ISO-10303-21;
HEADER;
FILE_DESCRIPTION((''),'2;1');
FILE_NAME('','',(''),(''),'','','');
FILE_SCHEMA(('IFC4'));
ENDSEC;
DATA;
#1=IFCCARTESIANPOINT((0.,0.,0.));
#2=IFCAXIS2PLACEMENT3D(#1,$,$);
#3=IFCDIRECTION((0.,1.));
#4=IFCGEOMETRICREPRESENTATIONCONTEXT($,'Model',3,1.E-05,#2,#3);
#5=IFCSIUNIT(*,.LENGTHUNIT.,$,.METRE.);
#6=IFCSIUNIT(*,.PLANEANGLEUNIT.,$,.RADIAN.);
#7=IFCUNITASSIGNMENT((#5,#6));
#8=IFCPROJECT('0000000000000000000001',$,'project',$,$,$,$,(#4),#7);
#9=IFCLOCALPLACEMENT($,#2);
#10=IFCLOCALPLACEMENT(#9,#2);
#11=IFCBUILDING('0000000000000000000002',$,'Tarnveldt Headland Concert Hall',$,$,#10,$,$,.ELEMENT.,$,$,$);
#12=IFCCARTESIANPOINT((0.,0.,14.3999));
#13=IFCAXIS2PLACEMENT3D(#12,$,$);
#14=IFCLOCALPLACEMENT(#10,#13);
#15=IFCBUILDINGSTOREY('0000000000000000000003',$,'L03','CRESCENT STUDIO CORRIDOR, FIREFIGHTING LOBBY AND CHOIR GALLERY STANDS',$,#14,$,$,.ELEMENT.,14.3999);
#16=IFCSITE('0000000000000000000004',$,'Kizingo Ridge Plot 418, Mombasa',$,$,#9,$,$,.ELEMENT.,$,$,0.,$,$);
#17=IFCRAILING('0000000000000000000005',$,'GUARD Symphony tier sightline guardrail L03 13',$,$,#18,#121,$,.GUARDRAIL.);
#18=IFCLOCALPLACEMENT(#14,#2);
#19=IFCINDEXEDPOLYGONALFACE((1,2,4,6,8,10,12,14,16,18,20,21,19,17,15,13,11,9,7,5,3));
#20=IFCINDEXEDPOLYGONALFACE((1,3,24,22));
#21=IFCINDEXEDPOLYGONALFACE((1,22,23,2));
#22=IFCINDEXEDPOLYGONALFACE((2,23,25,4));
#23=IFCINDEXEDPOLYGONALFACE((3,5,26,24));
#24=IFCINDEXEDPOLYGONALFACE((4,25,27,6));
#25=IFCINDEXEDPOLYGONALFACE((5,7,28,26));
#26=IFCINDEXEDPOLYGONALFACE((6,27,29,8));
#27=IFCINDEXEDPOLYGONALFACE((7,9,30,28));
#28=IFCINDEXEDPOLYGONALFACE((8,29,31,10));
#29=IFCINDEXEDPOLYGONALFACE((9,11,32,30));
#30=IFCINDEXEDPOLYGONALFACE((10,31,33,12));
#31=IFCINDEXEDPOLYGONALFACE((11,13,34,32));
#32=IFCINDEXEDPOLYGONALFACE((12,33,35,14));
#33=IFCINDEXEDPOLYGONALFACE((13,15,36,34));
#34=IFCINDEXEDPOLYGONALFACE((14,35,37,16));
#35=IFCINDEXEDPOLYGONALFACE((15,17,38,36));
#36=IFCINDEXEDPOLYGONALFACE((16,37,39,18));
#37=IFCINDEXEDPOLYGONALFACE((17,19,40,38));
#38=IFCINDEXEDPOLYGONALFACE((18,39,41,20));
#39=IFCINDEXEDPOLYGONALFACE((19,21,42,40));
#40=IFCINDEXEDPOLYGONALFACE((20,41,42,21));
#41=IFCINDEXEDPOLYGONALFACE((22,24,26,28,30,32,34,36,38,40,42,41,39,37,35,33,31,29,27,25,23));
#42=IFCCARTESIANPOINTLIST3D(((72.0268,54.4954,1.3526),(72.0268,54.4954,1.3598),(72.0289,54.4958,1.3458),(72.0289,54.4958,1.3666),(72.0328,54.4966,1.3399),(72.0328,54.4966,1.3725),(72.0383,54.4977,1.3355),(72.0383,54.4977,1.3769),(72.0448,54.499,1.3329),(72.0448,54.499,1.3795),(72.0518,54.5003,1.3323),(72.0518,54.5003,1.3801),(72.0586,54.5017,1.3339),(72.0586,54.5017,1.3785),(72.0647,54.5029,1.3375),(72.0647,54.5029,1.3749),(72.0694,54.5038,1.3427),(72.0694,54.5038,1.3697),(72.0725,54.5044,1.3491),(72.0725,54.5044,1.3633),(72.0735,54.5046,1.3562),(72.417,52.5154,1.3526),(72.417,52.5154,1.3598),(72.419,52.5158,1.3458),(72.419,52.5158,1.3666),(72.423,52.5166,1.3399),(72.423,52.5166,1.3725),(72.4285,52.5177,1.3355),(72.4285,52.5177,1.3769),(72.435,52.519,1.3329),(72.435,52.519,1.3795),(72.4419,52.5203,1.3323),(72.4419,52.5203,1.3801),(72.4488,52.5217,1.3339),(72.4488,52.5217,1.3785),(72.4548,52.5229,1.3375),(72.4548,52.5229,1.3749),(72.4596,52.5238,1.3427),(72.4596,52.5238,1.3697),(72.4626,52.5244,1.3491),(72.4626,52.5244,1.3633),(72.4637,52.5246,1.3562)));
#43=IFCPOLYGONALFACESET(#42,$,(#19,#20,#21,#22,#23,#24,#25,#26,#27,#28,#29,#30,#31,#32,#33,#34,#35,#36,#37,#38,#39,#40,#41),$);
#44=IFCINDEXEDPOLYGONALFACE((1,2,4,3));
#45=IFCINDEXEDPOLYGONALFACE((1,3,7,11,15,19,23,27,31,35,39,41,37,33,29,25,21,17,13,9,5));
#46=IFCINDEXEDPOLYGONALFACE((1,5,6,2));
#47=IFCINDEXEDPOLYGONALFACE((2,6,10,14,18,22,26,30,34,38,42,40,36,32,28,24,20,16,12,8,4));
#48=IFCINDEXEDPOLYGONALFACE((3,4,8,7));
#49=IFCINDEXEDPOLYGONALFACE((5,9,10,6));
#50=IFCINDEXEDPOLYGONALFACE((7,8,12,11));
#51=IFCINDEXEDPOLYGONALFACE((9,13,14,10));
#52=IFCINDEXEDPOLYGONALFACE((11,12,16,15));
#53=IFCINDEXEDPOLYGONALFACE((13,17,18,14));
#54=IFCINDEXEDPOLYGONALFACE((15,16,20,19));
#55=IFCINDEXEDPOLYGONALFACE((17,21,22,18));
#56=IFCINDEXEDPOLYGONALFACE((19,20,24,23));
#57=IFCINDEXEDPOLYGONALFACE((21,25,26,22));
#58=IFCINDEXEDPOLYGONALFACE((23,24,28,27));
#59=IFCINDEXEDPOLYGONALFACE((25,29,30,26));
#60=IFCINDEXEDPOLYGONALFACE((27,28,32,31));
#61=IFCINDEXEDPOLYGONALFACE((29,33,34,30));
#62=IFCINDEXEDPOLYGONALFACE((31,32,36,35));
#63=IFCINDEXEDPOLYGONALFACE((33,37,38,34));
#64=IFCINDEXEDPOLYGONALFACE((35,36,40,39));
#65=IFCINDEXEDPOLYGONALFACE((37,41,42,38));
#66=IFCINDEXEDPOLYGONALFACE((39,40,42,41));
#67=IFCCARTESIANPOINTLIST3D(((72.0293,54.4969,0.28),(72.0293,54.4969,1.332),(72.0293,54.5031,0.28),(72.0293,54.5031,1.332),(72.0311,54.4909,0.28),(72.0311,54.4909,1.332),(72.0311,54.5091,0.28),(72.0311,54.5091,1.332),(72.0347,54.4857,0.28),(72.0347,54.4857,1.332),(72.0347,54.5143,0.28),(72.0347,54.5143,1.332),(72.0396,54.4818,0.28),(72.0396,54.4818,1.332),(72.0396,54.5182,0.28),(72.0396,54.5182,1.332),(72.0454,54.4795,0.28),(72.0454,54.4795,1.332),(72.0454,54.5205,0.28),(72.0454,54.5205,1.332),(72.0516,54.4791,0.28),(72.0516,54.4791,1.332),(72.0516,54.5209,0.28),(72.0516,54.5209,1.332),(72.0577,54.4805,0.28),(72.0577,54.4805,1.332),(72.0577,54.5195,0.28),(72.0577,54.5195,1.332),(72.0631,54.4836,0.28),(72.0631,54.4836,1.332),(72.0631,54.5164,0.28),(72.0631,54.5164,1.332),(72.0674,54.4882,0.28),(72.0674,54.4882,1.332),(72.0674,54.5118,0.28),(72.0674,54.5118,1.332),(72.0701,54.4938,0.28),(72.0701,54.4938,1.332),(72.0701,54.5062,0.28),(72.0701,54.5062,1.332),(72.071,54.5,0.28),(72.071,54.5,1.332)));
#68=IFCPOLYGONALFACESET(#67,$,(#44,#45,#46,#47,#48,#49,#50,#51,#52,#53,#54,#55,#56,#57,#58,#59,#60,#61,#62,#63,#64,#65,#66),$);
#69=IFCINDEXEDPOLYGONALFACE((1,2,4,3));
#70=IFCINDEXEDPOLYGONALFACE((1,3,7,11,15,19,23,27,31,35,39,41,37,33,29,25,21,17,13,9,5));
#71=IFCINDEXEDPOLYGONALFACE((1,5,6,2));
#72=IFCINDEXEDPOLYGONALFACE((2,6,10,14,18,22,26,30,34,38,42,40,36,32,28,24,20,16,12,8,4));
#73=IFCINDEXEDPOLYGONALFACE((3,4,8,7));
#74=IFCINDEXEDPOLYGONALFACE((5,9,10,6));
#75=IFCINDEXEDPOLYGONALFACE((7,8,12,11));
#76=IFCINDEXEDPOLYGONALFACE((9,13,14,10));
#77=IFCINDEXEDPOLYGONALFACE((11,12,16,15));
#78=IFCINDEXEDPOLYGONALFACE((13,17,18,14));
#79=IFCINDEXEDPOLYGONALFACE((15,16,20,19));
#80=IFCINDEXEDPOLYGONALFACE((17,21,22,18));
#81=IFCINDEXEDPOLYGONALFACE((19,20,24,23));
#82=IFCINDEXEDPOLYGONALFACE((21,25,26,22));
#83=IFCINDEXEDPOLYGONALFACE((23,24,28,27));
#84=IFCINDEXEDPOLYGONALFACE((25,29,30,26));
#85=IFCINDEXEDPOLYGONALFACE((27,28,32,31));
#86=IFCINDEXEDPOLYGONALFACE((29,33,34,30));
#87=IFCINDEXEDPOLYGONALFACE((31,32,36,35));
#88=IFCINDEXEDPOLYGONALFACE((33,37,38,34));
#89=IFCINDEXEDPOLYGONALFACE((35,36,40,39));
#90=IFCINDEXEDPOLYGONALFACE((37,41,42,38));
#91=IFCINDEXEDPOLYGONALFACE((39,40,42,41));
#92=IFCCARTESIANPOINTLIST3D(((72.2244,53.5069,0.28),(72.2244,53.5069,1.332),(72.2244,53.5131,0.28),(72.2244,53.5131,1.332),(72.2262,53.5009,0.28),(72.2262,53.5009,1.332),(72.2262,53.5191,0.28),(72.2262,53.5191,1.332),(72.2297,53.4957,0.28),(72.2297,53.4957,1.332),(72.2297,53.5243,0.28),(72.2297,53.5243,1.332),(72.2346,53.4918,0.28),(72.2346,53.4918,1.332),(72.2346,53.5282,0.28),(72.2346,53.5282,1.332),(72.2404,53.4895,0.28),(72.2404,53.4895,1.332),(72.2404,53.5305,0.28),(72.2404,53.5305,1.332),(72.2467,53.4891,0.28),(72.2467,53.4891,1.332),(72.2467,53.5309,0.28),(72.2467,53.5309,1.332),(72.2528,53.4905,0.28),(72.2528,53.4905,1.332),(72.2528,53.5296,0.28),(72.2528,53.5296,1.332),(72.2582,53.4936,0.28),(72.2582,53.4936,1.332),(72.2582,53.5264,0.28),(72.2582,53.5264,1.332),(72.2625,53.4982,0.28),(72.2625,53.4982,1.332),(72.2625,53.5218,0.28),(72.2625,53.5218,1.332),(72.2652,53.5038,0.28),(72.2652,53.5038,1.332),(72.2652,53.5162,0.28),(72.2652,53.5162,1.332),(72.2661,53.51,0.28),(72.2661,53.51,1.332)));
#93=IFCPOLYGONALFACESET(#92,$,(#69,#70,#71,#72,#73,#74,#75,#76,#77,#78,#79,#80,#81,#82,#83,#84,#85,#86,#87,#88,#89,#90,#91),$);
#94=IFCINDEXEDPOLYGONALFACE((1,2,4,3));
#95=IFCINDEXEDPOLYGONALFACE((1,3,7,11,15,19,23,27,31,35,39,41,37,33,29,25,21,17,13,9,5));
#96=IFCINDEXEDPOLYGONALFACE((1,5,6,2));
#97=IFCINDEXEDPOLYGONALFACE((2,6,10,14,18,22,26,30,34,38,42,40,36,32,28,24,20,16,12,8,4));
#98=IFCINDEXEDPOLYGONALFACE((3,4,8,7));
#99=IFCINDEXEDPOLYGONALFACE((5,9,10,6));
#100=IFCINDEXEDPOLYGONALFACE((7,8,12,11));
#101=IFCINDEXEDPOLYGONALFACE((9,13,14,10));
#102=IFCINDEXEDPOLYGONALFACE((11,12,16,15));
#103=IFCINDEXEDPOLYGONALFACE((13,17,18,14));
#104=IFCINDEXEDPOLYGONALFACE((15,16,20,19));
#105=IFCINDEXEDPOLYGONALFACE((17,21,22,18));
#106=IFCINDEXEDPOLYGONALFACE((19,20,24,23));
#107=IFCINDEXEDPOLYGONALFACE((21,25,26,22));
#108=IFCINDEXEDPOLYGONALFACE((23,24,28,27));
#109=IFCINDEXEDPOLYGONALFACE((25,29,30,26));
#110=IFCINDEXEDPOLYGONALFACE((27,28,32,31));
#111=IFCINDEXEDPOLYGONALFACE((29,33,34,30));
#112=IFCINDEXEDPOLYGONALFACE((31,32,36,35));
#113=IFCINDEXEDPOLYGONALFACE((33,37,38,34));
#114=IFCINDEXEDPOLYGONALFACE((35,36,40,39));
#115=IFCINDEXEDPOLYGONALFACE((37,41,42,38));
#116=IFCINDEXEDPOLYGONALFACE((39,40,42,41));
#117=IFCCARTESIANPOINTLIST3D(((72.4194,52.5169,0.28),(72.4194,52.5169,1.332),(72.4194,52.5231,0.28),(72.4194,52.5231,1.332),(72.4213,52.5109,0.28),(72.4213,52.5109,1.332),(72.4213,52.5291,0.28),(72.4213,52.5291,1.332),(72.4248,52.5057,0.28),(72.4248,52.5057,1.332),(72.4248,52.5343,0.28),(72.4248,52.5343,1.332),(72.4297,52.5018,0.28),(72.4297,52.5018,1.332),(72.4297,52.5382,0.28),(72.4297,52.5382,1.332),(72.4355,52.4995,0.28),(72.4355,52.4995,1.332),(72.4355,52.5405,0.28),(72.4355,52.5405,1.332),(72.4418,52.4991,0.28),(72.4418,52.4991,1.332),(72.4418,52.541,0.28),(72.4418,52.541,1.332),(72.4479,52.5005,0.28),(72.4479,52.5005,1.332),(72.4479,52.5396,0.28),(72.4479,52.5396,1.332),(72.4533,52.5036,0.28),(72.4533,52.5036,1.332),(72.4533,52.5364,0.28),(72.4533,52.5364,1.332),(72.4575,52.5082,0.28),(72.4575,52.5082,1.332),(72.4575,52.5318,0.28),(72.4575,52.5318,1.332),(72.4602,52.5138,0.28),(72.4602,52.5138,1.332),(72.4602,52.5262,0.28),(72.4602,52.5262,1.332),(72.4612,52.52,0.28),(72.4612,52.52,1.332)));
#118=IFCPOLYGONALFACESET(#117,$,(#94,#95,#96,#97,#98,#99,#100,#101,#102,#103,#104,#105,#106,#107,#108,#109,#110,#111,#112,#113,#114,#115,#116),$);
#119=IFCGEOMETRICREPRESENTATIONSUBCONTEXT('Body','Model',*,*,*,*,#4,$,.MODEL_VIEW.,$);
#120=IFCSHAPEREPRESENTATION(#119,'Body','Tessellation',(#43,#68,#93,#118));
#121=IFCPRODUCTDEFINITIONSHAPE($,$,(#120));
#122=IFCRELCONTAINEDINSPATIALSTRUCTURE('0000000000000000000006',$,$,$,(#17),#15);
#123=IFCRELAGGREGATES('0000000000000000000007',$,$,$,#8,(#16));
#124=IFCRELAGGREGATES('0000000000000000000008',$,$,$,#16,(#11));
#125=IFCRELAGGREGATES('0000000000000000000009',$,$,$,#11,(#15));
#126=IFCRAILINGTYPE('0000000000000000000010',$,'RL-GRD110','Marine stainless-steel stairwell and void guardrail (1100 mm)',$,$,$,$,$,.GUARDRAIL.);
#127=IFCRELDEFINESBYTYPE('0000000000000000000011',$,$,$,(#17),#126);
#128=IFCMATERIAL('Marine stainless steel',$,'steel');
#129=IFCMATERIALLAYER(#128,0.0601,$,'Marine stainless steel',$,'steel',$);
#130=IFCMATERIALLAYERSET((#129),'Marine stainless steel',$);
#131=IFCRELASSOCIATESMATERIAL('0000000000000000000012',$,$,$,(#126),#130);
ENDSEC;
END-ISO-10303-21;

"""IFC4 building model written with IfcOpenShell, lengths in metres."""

from ifc_helpers import new_model, si_unit, direction, frame, origin, origin_2d, place, context, subcontext, project, spatial, circle, extrude, material, layer, layer_set, type_object, element, save


model = new_model("IFC4")

# Units and contexts
model_context = context("Model", 3, precision=1e-05, world=origin(), true_north=direction((0.0, 1.0)))
body_context = subcontext(model_context, "Body", "Model", "MODEL_VIEW")
ifc_project = project(units=[si_unit("LENGTHUNIT", "METRE"), si_unit("PLANEANGLEUNIT", "RADIAN")], contexts=[model_context])

# Site, building, storey
site_placement = place(None, origin())
site = spatial("IfcSite", under=ifc_project, at=site_placement, Name="Kizingo Ridge Plot 418, Mombasa", CompositionType="ELEMENT", RefElevation=0.0)
building_placement = place(site_placement, origin())
building = spatial("IfcBuilding", under=site, at=building_placement, Name="Tarnveldt Headland Concert Hall", CompositionType="ELEMENT")
storey_placement = place(building_placement, frame((0.0, 0.0, 14.3999)))
storey = spatial("IfcBuildingStorey", under=building, at=storey_placement, Name="L03", Description="CRESCENT STUDIO CORRIDOR, FIREFIGHTING LOBBY AND CHOIR GALLERY STANDS", CompositionType="ELEMENT", Elevation=14.3999)

# Railing
ifc_material_1 = material(Name="Marine stainless steel", Category="steel")
ifc_layer = layer(ifc_material_1, 0.0601, Name="Marine stainless steel", Category="steel")
ifc_layer_set = layer_set([ifc_layer], Name="Marine stainless steel")
railing_type = type_object("IfcRailingType", Name="RL-GRD110", Description="Marine stainless-steel stairwell and void guardrail (1100 mm)", PredefinedType="GUARDRAIL", material=ifc_layer_set)
railing_1_placement = place(storey_placement, frame((72.05, 54.5, 0.28)))
element("IfcRailing", 1, at=railing_1_placement, inside=storey, type_object=railing_type, Name="GUARD Symphony tier sightline guardrail L03 13", PredefinedType="GUARDRAIL", context=body_context, shape_type="SweptSolid", body=[
    extrude(circle(Radius=0.0239, at=origin_2d()), frame((0.0, 0.0, 1.0762), z_axis=(0.193324, -0.981135, 0.0), x_axis=(0.981135, 0.193324, 0.0)), (0.0, 0.0, 1.0), 2.0181),
    extrude(circle(Radius=0.021, at=origin_2d()), origin(), (0.0, 0.0, 1.0), 1.052),
    extrude(circle(Radius=0.021, at=origin_2d()), frame((0.1951, -0.99, 0.0)), (0.0, 0.0, 1.0), 1.052),
    extrude(circle(Radius=0.021, at=origin_2d()), frame((0.3901, -1.98, 0.0)), (0.0, 0.0, 1.0), 1.052),
])

save(model, "model.ifc")
